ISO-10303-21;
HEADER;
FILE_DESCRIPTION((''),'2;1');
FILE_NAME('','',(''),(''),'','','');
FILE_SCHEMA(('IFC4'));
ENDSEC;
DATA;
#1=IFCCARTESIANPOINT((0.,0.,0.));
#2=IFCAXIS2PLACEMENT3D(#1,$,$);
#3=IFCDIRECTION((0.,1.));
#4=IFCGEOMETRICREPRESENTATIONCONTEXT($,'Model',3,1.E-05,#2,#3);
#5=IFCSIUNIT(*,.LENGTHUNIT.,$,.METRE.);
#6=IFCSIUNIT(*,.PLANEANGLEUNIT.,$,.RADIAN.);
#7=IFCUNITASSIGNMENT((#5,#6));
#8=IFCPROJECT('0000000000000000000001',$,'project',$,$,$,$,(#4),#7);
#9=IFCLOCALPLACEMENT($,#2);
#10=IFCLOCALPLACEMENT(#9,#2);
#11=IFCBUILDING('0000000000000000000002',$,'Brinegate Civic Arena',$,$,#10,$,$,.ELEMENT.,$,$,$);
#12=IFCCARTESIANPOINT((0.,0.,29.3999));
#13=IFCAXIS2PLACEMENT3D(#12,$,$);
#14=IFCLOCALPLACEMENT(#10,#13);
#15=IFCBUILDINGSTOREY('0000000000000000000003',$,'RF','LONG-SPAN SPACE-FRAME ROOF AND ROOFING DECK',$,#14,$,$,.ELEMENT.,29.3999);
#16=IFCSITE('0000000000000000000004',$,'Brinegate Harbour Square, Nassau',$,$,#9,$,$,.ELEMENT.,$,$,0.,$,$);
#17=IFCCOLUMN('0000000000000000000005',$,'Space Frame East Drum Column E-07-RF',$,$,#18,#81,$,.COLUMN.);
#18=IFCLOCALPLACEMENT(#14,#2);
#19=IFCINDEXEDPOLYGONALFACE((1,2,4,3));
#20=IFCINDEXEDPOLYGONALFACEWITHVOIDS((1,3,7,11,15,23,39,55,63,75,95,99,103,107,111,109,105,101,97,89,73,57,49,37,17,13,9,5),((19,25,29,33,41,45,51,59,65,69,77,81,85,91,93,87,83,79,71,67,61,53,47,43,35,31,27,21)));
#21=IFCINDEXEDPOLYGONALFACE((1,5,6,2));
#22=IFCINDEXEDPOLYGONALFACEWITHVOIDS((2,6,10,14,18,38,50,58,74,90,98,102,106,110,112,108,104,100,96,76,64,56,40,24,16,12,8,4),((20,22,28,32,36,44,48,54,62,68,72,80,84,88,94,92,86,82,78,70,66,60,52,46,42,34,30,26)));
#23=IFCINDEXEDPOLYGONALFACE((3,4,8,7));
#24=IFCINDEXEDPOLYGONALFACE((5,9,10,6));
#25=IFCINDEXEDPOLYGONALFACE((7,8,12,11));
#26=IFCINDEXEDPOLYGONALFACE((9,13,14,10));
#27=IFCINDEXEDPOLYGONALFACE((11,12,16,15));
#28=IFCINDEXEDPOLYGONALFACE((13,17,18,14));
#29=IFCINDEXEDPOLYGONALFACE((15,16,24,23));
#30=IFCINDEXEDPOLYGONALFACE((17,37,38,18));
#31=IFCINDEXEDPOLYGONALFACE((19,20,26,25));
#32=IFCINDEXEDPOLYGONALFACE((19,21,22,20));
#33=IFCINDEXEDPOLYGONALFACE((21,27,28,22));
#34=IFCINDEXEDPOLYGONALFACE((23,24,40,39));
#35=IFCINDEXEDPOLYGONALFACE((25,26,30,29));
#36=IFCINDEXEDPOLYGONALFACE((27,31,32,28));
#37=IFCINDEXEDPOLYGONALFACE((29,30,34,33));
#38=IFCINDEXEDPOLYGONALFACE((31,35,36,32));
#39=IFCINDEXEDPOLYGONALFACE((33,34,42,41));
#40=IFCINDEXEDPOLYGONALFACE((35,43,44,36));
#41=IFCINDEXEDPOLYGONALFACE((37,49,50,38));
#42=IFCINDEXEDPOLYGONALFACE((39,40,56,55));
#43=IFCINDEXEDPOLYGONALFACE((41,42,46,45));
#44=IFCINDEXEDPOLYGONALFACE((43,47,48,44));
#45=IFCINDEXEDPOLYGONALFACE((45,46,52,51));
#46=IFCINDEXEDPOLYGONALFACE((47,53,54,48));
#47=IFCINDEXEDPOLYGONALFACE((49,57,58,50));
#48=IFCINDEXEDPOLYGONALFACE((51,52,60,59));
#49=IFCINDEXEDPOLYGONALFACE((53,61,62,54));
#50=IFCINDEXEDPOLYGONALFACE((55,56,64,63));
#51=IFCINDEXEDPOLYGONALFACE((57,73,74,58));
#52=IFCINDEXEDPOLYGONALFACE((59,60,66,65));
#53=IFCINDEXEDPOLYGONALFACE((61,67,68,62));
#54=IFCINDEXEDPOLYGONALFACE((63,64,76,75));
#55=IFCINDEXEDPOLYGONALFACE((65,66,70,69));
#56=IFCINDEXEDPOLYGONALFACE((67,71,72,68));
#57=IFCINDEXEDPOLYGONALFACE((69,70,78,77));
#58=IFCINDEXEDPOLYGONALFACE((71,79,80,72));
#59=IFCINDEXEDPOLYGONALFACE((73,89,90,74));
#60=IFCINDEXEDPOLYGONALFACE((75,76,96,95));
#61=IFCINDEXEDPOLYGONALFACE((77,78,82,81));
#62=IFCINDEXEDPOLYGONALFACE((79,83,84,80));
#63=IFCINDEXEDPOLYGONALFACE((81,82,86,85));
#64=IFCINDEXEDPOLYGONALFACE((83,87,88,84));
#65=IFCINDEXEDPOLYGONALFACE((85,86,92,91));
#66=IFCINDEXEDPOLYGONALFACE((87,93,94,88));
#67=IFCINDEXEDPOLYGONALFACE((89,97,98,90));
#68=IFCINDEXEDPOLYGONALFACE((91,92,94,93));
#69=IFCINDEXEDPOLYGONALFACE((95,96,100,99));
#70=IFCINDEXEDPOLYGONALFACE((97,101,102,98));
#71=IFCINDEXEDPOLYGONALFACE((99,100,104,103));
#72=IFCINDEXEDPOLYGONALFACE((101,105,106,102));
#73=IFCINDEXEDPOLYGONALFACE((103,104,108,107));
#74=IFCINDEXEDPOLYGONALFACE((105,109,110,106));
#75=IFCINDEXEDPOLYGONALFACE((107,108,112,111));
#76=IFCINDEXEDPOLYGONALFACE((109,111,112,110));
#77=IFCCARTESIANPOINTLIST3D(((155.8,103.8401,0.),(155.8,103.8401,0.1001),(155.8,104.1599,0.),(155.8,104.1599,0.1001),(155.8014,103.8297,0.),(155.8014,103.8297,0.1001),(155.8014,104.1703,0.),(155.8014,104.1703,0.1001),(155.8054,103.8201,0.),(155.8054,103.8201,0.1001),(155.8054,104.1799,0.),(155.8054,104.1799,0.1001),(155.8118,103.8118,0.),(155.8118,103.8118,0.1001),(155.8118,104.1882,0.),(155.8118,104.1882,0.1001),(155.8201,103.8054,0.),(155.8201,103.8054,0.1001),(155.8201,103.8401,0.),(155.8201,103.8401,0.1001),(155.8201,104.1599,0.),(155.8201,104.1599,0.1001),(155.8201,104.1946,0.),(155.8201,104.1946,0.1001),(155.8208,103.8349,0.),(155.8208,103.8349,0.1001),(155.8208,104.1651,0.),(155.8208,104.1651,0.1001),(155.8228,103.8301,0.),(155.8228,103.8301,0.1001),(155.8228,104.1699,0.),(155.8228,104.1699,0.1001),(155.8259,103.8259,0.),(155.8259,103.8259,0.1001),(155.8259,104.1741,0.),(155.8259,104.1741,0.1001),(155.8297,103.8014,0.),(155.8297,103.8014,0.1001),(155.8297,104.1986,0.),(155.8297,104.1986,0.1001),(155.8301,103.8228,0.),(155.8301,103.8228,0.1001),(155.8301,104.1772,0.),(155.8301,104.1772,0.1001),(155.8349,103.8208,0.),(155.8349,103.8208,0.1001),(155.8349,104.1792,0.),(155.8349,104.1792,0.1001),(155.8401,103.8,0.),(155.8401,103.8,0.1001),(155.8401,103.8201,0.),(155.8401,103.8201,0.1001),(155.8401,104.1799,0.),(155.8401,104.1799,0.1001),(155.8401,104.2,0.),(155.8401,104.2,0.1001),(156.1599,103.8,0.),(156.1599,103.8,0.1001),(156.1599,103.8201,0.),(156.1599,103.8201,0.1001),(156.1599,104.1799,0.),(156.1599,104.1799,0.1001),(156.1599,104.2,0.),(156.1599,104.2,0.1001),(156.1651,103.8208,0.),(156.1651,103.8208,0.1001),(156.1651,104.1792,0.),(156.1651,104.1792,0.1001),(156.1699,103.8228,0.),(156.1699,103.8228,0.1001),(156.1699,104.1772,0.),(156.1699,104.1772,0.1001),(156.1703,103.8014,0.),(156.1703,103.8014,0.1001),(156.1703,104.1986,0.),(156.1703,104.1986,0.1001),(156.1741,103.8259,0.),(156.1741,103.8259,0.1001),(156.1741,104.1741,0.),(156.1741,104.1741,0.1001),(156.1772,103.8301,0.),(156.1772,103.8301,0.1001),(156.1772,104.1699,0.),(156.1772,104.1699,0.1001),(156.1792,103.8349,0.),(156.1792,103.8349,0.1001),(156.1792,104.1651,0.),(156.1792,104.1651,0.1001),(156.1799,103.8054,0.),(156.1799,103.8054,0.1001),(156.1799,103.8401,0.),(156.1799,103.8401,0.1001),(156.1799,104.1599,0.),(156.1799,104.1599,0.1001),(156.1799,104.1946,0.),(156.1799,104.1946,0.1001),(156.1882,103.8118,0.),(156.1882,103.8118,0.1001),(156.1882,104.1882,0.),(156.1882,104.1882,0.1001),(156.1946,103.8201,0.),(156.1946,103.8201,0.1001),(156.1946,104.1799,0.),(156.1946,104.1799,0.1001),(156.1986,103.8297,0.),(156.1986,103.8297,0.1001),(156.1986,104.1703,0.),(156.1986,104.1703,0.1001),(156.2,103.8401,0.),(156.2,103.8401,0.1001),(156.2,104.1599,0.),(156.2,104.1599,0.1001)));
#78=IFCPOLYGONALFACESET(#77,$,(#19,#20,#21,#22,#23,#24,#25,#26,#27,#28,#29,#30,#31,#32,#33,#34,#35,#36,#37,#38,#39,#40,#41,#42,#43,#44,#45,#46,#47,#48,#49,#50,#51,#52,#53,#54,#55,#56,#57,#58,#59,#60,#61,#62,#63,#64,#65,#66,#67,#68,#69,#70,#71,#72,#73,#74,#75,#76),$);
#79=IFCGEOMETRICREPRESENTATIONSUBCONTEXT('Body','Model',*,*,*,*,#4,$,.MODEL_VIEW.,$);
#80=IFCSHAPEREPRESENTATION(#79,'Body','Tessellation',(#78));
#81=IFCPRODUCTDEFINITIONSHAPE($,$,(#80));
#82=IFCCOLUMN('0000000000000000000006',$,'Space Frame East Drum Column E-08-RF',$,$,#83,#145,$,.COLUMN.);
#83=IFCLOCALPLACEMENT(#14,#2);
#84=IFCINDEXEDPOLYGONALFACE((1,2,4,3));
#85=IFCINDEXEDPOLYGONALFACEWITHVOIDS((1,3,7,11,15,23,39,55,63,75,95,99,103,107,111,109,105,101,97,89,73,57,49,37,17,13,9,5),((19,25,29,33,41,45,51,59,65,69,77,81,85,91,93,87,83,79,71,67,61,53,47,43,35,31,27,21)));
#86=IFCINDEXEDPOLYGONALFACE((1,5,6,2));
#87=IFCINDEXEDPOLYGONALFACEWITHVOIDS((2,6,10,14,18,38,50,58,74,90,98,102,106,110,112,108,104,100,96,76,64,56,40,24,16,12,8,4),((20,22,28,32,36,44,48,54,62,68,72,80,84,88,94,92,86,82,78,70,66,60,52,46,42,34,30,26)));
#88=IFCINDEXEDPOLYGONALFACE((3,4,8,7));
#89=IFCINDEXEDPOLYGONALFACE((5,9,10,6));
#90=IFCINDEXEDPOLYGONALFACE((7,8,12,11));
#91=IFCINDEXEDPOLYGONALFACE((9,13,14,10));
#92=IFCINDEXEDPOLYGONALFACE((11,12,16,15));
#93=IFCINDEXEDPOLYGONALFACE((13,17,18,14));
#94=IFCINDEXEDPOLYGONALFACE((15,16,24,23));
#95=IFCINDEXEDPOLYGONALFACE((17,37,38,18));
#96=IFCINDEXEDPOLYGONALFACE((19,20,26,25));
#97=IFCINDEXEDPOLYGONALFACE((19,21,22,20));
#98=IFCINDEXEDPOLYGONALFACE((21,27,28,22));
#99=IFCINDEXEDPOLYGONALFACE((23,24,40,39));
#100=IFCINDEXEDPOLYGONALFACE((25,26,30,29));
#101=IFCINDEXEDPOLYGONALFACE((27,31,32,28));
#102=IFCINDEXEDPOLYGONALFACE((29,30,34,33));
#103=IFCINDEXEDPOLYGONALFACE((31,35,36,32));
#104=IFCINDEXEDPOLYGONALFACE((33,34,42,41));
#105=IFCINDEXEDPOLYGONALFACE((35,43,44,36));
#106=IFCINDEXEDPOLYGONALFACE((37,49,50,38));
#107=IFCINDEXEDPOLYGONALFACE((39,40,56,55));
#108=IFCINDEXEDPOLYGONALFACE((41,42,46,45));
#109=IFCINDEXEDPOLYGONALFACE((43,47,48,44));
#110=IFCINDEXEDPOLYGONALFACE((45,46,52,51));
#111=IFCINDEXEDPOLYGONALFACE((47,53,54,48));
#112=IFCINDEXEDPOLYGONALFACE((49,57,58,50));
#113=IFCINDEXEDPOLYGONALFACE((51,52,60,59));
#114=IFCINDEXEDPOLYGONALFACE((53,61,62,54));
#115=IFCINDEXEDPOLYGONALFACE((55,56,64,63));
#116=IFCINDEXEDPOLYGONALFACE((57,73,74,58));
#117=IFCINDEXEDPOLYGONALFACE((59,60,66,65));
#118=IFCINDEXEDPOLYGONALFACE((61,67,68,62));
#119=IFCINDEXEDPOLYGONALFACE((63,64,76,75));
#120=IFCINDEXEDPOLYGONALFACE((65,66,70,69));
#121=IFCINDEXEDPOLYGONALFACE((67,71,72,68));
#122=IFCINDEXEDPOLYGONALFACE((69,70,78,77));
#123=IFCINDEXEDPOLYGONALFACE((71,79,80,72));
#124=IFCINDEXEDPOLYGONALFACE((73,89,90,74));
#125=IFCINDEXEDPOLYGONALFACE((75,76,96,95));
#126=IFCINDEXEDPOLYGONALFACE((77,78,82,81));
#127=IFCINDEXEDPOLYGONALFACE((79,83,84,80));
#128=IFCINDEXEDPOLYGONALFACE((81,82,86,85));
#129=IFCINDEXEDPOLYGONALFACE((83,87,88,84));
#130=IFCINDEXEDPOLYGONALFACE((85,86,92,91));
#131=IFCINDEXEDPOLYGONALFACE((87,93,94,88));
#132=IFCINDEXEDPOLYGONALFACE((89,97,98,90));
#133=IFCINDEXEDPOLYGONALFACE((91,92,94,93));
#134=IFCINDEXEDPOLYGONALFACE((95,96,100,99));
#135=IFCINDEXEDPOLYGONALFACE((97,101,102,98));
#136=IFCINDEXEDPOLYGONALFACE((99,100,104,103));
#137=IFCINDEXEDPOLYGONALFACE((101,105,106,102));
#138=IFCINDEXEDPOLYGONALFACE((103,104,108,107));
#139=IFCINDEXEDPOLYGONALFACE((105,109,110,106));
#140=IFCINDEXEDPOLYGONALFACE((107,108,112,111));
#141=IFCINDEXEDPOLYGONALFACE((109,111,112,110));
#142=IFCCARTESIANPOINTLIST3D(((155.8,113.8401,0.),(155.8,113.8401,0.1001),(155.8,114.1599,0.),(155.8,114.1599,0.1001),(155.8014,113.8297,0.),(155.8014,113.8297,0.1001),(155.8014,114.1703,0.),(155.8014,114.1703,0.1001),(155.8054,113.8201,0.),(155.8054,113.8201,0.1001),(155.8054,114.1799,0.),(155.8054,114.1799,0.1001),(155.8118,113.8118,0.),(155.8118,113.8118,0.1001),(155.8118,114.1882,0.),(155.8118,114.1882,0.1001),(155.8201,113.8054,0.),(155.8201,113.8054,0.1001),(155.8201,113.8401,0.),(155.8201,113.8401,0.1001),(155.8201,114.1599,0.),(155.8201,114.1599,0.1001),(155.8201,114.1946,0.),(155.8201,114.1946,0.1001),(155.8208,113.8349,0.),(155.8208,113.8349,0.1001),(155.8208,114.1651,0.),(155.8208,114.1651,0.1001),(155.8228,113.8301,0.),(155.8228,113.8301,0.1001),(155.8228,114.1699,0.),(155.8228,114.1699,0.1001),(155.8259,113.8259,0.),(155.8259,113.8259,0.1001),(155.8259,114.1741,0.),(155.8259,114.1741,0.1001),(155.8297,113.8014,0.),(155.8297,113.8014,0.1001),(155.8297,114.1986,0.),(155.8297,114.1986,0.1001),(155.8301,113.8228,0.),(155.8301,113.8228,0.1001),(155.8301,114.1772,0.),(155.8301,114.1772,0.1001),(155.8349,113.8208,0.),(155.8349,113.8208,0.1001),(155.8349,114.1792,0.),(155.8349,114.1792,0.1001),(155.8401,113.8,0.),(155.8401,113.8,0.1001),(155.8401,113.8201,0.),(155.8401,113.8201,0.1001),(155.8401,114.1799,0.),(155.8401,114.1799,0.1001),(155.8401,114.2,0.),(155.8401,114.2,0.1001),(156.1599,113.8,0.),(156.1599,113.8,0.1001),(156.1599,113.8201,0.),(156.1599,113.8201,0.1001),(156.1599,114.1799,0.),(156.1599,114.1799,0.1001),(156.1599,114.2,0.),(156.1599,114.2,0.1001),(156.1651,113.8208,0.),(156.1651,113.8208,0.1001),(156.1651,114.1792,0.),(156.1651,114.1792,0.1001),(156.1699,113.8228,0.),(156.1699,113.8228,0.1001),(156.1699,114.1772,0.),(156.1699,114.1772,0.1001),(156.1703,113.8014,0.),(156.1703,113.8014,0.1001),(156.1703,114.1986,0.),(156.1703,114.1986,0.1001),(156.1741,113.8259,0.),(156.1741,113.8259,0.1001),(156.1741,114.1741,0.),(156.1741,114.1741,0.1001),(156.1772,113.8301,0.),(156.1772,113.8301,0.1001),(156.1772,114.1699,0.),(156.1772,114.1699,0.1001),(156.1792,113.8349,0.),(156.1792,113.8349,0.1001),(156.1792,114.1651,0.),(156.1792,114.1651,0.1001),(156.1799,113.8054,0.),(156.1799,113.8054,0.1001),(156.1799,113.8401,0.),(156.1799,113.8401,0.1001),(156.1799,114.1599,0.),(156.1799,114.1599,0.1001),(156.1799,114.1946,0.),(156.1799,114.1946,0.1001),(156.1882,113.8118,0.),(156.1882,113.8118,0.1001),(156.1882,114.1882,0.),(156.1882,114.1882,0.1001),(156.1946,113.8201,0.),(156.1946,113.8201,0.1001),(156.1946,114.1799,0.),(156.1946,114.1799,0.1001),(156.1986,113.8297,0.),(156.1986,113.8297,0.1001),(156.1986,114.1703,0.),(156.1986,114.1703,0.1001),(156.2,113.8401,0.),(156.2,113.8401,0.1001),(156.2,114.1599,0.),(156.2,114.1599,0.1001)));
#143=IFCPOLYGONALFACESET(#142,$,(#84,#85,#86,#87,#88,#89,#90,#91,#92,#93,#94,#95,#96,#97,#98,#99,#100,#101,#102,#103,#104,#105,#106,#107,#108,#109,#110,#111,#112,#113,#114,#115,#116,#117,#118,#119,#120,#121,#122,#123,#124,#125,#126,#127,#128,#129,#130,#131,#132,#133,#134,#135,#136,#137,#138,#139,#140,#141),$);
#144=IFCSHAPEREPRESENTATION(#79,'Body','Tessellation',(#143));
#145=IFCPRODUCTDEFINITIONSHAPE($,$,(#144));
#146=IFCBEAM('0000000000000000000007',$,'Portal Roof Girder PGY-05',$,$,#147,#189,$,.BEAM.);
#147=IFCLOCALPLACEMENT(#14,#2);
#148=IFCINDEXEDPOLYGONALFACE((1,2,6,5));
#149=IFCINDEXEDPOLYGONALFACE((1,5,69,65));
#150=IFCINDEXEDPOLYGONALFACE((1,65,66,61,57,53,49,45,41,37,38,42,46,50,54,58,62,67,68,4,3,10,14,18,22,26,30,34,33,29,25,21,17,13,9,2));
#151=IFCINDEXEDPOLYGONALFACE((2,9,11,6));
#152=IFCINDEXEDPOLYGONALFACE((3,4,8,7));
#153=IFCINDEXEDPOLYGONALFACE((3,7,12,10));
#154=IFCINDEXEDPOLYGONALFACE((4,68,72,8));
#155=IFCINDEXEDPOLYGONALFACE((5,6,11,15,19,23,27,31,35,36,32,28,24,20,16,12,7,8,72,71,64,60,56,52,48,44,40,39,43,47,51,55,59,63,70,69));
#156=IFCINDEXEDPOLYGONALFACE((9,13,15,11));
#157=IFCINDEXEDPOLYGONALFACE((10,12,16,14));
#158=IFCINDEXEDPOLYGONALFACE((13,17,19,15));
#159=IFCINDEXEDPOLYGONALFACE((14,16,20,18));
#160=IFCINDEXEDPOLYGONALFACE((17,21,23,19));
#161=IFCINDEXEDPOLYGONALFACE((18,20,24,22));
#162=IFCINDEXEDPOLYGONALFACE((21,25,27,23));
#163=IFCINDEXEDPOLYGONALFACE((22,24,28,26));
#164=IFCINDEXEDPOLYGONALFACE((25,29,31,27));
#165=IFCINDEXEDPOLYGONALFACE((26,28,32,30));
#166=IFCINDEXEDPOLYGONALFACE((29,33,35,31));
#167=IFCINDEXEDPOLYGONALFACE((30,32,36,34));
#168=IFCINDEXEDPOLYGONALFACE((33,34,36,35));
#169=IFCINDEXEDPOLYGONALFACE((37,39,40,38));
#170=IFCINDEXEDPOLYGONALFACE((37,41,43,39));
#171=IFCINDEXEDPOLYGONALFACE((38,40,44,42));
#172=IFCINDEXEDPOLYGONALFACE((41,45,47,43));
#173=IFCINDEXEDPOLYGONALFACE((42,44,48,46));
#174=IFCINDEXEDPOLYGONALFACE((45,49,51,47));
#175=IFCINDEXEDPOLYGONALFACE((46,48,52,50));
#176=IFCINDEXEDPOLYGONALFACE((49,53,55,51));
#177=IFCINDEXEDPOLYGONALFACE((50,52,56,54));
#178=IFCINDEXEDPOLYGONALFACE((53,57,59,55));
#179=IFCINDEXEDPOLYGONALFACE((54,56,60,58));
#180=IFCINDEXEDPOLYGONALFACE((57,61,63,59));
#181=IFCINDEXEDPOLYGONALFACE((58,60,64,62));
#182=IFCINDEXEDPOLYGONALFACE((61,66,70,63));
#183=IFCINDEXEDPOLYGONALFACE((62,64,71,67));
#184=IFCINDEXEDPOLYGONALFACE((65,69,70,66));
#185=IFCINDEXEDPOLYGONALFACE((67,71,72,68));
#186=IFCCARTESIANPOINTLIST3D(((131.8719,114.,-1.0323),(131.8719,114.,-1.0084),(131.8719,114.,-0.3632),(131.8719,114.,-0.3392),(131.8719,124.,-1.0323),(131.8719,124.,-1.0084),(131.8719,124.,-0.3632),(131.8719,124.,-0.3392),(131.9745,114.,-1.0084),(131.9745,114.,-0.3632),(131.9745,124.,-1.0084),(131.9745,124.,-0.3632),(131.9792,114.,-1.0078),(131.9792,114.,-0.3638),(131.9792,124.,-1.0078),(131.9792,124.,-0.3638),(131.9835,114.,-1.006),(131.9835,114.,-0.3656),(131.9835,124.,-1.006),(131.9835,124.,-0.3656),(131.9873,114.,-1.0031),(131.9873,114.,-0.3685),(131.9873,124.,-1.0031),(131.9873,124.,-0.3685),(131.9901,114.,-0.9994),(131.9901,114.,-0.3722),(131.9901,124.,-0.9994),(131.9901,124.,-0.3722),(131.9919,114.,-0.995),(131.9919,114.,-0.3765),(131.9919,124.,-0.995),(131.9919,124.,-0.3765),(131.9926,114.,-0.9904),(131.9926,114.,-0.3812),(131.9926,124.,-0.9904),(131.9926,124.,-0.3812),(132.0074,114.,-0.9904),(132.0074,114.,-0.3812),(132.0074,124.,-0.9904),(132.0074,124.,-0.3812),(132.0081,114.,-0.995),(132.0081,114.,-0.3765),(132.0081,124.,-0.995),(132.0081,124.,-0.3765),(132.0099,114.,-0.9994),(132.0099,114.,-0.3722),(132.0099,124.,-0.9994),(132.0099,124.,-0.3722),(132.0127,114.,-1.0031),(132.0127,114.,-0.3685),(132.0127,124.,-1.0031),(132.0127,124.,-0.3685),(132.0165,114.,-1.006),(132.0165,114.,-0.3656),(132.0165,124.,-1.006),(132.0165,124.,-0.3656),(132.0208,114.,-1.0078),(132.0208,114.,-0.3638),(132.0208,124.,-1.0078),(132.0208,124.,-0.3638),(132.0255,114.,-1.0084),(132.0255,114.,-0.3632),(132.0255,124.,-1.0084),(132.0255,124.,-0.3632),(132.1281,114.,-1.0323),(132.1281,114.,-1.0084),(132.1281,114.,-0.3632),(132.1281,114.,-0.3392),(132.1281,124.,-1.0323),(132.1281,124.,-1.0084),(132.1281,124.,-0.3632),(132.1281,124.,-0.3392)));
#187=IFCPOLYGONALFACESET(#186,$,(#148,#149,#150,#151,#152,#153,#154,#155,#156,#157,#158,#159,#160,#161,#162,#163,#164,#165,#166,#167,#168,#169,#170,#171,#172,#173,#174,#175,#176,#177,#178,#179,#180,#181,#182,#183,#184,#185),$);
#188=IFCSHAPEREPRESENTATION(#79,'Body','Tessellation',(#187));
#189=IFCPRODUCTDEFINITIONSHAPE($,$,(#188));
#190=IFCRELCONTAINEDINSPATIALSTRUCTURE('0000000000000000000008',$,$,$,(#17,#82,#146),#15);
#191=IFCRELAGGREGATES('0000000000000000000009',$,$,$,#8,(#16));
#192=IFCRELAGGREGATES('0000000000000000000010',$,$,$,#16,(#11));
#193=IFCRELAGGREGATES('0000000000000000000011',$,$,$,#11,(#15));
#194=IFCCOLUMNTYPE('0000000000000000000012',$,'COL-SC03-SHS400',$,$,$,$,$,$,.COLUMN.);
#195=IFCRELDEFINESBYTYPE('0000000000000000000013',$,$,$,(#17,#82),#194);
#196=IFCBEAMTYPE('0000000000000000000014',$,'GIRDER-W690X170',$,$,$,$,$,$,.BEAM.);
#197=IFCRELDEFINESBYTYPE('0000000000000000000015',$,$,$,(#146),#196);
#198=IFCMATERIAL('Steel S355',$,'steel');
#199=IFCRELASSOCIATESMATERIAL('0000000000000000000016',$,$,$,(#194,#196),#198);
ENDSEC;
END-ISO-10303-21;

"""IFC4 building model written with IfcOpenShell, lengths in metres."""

from ifc_helpers import new_model, si_unit, direction, frame, origin, origin_2d, place, context, subcontext, project, spatial, hollow_rectangle, i_section, extrude, material, material_profile, profile_set, type_object, element, save


model = new_model("IFC4")

# Units and contexts
model_context = context("Model", 3, precision=1e-05, world=origin(), true_north=direction((0.0, 1.0)))
body_context = subcontext(model_context, "Body", "Model", "MODEL_VIEW")
ifc_project = project(units=[si_unit("LENGTHUNIT", "METRE"), si_unit("PLANEANGLEUNIT", "RADIAN")], contexts=[model_context])

# Site, building, storey
site_placement = place(None, origin())
site = spatial("IfcSite", under=ifc_project, at=site_placement, Name="Brinegate Harbour Square, Nassau", CompositionType="ELEMENT", RefElevation=0.0)
building_placement = place(site_placement, origin())
building = spatial("IfcBuilding", under=site, at=building_placement, Name="Brinegate Civic Arena", CompositionType="ELEMENT")
storey_placement = place(building_placement, frame((0.0, 0.0, 29.3999)))
storey = spatial("IfcBuildingStorey", under=building, at=storey_placement, Name="RF", Description="LONG-SPAN SPACE-FRAME ROOF AND ROOFING DECK", CompositionType="ELEMENT", Elevation=29.3999)

# Columns
ifc_material_1 = material(Name="Steel S355", Category="steel")
ifc_material_profile_1 = material_profile(ifc_material_1, hollow_rectangle(XDim=0.3999, YDim=0.3999, WallThickness=0.02, InnerFilletRadius=0.02, OuterFilletRadius=0.04, at=origin_2d()), Name="SHS400X20")
ifc_profile_set_1 = profile_set([ifc_material_profile_1], Name="Steel S355")
column_type = type_object("IfcColumnType", Name="COL-SC03-SHS400", PredefinedType="COLUMN", material=ifc_profile_set_1)
for number, where, z_axis, x_axis, name in (
    (1, (156.0, 104.0, 0.0), (0.0, 0.0, 1.0), (1.0, 0.0, 0.0), "Space Frame East Drum Column E-07-RF"),
    (2, (156.0, 114.0, 0.0), (0.0, 0.0, 1.0), (1.0, 0.0, 0.0), "Space Frame East Drum Column E-08-RF"),
):
    element("IfcColumn", number, at=place(storey_placement, frame(where, z_axis=z_axis, x_axis=x_axis)), inside=storey, type_object=column_type, Name=name, PredefinedType="COLUMN", context=body_context, shape_type="SweptSolid", body=[
        extrude(hollow_rectangle(XDim=0.3999, YDim=0.3999, WallThickness=0.02, InnerFilletRadius=0.02, OuterFilletRadius=0.04, at=origin_2d()), origin(), (0.0, 0.0, 1.0), 0.1001),
    ])

# Beam
ifc_material_profile_2 = material_profile(ifc_material_1, i_section(OverallWidth=0.2561, OverallDepth=0.6931, WebThickness=0.0149, FlangeThickness=0.0239, FilletRadius=0.0181, at=origin_2d()), Name="W690X170")
ifc_profile_set_2 = profile_set([ifc_material_profile_2], Name="Steel S355")
beam_type_1 = type_object("IfcBeamType", Name="GIRDER-W690X170", PredefinedType="BEAM", material=ifc_profile_set_2)
beam_1_placement = place(storey_placement, frame((132.0, 114.0, -0.6858), z_axis=(0.0, 1.0, 0.0), x_axis=(-1.0, 0.0, 0.0)))
element("IfcBeam", 3, at=beam_1_placement, inside=storey, type_object=beam_type_1, Name="Portal Roof Girder PGY-05", PredefinedType="BEAM", context=body_context, shape_type="SweptSolid", body=[
    extrude(i_section(OverallWidth=0.2561, OverallDepth=0.6931, WebThickness=0.0149, FlangeThickness=0.0239, FilletRadius=0.0181, at=origin_2d()), origin(), (0.0, 0.0, 1.0), 10.0),
])

save(model, "model.ifc")
